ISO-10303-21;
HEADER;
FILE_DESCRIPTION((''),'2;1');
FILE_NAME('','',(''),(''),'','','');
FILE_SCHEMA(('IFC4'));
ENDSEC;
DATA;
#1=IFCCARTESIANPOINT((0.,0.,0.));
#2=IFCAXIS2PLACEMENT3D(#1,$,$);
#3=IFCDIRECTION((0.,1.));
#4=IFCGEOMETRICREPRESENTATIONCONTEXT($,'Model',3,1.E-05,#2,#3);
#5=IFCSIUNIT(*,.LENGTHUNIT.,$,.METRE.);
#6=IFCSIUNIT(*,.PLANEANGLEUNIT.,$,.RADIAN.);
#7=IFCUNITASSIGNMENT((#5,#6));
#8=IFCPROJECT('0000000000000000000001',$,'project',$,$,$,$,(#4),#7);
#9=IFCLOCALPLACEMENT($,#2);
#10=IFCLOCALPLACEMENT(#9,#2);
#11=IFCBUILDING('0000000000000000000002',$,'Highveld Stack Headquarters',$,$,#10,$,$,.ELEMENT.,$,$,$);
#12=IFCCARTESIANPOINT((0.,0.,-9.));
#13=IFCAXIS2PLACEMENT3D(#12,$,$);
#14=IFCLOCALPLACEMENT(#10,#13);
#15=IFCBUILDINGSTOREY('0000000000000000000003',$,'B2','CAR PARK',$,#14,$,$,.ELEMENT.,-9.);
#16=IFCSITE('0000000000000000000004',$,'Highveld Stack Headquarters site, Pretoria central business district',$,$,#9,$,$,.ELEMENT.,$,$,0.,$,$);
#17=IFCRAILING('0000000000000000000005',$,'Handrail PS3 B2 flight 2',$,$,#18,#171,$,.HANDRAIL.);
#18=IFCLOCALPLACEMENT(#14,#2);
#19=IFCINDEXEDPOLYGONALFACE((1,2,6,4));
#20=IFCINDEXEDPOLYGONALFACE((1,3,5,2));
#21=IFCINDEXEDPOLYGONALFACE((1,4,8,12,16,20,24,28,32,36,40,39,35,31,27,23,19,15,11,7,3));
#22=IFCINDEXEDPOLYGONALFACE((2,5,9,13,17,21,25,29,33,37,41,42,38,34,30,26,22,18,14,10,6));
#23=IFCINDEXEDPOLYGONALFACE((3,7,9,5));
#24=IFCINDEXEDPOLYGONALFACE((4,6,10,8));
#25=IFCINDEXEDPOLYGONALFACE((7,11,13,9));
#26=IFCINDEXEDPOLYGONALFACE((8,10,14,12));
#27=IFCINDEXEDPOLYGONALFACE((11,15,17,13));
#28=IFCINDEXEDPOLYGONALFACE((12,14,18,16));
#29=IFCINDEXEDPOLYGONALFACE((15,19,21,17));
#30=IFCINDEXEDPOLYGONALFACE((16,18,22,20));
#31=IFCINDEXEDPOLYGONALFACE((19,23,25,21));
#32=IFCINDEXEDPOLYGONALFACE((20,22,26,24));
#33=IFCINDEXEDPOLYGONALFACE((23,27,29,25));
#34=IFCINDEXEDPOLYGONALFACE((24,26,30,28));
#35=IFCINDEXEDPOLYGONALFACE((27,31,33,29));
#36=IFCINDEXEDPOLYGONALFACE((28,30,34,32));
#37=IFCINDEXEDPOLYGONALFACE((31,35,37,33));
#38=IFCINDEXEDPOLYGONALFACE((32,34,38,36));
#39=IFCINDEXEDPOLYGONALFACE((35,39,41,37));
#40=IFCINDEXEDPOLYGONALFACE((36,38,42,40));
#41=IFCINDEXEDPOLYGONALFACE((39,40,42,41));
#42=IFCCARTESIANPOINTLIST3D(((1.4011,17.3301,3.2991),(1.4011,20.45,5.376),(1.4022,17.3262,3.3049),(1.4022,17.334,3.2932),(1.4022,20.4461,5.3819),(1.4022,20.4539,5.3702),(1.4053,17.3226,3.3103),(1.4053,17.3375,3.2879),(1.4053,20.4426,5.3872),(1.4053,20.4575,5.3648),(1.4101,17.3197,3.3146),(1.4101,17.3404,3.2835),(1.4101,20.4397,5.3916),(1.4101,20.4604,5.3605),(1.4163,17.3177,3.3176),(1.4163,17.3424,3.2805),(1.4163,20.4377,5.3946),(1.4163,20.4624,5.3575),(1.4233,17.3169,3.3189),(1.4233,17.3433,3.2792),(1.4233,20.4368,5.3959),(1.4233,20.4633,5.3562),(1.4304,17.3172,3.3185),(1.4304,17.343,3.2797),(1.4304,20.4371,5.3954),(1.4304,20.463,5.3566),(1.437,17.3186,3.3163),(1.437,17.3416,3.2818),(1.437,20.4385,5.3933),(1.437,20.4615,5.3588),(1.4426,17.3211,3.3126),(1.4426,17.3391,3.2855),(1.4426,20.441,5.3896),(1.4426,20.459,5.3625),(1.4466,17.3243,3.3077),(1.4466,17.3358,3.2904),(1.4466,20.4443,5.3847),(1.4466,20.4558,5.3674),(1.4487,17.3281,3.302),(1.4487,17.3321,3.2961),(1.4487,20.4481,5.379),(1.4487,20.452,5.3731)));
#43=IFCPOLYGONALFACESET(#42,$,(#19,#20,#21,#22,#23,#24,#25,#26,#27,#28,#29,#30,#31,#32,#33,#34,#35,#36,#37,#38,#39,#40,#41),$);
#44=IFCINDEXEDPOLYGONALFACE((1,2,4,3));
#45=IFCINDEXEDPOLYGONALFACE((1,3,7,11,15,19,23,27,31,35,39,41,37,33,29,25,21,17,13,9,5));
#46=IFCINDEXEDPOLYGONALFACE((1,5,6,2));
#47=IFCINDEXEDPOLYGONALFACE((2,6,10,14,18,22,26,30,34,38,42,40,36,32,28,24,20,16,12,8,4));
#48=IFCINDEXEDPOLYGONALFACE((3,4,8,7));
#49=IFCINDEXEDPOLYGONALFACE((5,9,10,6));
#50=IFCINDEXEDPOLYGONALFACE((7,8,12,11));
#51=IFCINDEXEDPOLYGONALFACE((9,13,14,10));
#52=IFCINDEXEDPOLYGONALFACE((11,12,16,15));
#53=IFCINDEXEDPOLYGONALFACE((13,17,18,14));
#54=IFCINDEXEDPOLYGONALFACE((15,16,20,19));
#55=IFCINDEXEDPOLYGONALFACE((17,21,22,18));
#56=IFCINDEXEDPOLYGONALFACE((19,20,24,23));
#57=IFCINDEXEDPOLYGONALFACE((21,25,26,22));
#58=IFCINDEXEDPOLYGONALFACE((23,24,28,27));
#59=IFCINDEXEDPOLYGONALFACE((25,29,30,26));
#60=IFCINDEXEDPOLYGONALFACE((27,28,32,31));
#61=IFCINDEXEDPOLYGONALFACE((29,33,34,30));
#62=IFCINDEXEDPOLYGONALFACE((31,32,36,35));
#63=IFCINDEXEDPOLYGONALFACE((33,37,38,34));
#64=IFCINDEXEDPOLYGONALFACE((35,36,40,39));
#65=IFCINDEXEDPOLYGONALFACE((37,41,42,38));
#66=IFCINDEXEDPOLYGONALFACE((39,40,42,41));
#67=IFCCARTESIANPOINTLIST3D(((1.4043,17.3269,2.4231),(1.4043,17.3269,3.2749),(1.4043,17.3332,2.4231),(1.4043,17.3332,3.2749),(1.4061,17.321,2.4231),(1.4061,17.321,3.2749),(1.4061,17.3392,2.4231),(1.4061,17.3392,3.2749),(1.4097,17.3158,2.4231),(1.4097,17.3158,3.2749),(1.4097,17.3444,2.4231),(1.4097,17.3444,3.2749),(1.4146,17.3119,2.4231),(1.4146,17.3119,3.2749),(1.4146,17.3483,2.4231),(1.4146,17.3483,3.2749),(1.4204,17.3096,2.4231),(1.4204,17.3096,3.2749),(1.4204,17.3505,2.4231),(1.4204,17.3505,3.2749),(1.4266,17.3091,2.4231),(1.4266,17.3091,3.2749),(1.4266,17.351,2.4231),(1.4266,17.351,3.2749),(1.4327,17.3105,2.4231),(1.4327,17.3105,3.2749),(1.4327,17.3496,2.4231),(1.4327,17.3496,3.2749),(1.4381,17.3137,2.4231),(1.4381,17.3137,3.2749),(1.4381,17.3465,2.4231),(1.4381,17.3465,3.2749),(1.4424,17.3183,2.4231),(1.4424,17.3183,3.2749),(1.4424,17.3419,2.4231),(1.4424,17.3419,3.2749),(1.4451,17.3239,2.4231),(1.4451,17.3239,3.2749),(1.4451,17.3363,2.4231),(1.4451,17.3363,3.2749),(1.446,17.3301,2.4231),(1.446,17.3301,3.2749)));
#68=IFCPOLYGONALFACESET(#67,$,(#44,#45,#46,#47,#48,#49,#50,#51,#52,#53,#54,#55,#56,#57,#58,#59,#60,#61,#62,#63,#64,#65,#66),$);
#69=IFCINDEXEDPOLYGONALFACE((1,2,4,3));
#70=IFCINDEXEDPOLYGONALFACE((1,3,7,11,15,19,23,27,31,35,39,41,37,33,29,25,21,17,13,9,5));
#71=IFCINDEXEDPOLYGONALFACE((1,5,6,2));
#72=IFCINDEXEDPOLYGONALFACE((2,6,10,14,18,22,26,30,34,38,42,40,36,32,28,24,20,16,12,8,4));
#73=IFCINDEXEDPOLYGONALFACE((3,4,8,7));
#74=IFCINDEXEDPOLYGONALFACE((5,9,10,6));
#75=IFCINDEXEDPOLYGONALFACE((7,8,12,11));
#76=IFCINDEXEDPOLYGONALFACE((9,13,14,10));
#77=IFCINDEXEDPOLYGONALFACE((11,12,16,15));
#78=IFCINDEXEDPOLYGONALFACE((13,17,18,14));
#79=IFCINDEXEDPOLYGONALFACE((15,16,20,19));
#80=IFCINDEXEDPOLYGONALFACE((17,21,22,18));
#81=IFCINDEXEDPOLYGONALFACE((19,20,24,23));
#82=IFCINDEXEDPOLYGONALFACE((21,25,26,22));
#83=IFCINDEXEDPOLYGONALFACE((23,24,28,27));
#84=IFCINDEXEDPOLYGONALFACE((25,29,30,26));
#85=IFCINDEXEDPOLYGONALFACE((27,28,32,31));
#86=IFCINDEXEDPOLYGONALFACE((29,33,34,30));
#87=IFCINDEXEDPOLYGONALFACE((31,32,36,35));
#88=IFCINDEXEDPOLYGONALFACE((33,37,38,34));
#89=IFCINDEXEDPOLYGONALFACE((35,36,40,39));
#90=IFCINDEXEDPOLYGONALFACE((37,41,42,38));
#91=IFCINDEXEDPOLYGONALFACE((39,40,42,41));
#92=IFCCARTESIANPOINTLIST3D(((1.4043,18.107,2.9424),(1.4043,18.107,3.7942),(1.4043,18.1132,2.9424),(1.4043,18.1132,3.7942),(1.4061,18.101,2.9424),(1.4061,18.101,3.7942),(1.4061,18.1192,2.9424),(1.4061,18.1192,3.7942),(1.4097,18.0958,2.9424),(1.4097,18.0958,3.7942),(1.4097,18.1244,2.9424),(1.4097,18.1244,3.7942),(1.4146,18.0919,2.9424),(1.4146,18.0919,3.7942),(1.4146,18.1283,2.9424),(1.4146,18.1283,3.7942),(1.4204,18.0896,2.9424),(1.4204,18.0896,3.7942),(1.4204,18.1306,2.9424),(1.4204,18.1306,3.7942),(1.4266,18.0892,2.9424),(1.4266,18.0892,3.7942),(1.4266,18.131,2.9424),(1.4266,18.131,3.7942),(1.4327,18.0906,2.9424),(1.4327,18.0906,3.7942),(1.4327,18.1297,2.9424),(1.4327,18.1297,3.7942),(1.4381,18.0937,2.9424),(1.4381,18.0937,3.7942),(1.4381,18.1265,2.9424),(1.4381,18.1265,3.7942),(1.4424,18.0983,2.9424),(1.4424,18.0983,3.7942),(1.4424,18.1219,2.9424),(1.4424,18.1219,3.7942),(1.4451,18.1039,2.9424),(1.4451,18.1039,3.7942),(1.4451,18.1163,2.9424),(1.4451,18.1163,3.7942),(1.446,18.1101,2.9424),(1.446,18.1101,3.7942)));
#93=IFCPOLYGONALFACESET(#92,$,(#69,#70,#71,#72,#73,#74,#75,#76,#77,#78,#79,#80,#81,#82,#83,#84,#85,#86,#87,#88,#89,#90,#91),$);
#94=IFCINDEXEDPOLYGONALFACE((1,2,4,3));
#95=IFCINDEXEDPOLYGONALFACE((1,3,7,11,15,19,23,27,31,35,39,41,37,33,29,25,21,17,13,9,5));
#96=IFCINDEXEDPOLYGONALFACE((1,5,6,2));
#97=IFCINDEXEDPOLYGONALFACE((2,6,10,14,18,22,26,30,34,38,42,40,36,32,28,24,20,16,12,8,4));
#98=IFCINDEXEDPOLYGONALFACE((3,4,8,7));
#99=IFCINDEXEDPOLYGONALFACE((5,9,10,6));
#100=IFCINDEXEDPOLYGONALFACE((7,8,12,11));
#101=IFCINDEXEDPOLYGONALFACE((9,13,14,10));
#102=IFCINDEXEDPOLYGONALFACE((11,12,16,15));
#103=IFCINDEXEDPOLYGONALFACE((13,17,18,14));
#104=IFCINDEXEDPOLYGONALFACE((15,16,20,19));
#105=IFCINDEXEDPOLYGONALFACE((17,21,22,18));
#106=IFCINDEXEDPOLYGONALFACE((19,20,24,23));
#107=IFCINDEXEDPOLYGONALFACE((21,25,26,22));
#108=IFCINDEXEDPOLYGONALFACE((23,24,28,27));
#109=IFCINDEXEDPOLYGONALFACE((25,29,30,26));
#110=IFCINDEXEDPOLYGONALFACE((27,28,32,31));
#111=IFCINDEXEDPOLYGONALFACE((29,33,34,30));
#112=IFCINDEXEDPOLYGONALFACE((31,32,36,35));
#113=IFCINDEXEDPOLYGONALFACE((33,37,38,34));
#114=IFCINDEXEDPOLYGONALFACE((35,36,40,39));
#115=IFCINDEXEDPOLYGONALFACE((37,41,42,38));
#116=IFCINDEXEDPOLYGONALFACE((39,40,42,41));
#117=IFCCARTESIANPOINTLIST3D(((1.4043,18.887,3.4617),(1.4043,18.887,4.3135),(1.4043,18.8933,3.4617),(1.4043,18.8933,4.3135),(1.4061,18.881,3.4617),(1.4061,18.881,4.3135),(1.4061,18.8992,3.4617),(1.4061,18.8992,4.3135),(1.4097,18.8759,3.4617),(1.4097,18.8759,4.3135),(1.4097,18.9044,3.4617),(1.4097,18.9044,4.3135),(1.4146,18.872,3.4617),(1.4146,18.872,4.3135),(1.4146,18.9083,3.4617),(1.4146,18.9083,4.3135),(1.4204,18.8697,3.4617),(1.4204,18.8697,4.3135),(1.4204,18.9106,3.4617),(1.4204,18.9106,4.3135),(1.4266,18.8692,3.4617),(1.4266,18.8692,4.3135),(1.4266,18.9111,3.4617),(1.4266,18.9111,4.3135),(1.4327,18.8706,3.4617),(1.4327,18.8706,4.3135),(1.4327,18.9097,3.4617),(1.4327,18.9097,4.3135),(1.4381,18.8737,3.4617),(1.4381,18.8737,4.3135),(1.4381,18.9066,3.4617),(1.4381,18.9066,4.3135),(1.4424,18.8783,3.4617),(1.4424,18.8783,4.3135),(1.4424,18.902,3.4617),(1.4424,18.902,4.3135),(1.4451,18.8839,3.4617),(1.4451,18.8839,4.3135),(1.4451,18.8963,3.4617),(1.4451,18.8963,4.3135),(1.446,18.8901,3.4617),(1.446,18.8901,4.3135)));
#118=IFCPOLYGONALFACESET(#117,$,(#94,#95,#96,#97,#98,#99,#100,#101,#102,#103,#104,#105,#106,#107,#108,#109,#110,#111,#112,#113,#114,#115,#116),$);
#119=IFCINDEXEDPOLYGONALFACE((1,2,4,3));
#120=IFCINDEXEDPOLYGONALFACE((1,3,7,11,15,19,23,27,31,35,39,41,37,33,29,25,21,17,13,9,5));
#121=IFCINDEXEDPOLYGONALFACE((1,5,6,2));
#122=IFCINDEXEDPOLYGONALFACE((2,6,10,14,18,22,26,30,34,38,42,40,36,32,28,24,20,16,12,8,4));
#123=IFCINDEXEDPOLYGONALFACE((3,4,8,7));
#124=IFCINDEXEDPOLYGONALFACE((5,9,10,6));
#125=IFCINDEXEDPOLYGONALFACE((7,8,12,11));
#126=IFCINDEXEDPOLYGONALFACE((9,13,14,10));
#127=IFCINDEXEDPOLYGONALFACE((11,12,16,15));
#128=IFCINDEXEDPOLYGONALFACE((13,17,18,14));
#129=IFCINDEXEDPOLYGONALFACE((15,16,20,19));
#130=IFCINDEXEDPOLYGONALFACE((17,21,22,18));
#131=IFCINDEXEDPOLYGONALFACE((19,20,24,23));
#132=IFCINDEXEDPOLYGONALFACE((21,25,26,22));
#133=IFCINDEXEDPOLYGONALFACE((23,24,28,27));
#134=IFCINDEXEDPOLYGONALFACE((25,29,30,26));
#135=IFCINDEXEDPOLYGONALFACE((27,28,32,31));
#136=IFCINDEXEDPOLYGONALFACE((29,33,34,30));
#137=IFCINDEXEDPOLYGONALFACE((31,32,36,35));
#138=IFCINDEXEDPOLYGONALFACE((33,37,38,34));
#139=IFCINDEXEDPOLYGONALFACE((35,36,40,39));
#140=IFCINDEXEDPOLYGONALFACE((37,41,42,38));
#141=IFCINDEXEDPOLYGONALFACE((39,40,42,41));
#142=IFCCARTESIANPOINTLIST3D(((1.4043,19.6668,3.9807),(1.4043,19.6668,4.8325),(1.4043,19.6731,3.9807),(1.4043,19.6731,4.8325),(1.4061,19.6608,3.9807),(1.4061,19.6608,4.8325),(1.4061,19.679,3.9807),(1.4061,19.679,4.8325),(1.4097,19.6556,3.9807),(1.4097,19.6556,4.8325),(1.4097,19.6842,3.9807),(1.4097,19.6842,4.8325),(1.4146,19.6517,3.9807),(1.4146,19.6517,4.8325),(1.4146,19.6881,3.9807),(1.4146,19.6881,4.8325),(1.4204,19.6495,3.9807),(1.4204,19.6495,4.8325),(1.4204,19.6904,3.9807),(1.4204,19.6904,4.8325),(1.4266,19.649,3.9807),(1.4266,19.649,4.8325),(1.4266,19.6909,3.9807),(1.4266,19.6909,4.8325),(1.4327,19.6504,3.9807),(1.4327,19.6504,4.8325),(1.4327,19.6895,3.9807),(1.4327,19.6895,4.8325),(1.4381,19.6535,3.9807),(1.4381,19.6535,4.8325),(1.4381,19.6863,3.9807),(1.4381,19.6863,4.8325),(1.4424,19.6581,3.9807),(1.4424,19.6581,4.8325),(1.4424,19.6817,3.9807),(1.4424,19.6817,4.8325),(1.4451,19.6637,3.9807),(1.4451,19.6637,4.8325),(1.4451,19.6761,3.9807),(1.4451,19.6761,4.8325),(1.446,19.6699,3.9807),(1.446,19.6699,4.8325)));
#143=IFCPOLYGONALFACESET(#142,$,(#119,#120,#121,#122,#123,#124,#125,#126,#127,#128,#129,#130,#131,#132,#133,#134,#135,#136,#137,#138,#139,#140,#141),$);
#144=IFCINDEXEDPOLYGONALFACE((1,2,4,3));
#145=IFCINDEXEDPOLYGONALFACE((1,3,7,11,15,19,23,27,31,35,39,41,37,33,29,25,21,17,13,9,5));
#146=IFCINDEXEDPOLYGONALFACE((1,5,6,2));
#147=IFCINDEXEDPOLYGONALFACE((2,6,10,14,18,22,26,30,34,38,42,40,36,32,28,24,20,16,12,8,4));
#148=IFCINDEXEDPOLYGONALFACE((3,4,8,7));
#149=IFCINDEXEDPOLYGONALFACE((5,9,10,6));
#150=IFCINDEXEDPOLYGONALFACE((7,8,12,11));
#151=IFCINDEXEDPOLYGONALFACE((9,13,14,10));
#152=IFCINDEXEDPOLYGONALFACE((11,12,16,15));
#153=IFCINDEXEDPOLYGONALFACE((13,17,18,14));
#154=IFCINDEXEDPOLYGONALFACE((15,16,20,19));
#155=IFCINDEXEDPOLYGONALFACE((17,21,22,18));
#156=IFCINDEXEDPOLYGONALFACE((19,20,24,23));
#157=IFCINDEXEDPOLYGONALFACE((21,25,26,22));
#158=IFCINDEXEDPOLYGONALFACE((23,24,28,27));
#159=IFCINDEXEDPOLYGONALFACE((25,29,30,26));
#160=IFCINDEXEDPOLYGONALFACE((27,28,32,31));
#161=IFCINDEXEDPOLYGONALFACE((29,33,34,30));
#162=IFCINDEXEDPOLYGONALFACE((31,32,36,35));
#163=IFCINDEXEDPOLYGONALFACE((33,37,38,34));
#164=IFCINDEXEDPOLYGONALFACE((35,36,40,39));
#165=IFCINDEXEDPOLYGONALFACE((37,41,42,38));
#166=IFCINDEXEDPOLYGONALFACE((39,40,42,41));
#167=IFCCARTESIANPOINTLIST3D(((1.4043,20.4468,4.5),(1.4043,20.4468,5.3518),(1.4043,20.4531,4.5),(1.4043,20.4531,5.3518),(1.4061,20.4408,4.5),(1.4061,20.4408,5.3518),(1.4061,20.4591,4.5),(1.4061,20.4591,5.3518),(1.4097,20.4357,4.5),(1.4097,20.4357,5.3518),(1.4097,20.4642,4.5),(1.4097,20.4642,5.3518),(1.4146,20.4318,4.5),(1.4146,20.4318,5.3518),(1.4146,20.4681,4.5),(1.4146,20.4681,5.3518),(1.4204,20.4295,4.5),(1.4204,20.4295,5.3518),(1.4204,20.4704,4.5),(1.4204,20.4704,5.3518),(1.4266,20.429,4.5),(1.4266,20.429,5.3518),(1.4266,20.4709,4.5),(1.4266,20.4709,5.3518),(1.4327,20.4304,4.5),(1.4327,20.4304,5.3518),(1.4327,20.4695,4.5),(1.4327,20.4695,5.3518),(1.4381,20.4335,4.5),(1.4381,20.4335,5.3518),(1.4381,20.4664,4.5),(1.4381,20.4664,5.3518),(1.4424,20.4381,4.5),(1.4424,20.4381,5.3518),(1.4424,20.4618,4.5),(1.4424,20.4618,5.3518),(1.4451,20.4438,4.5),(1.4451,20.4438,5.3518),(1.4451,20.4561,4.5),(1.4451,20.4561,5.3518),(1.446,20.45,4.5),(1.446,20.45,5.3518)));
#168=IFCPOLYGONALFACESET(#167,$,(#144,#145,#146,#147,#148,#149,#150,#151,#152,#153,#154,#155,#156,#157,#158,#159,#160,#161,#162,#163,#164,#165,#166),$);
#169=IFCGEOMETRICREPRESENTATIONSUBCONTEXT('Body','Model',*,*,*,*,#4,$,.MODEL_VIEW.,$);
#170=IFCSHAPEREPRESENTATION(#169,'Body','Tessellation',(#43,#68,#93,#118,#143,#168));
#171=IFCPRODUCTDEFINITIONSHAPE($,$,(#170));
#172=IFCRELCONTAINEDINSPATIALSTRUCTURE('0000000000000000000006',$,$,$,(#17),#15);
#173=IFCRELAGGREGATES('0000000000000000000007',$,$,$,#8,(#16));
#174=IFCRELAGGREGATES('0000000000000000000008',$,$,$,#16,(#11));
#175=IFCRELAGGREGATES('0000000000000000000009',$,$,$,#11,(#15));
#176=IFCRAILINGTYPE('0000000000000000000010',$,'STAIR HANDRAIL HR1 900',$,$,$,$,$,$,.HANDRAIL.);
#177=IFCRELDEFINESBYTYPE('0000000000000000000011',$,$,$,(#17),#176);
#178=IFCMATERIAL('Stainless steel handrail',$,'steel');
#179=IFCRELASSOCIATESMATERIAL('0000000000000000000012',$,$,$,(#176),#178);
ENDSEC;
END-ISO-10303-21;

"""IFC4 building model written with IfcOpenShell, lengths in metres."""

from ifc_helpers import new_model, si_unit, direction, frame, origin, origin_2d, place, context, subcontext, project, spatial, circle, extrude, material, type_object, element, save


model = new_model("IFC4")

# Units and contexts
model_context = context("Model", 3, precision=1e-05, world=origin(), true_north=direction((0.0, 1.0)))
body_context = subcontext(model_context, "Body", "Model", "MODEL_VIEW")
ifc_project = project(units=[si_unit("LENGTHUNIT", "METRE"), si_unit("PLANEANGLEUNIT", "RADIAN")], contexts=[model_context])

# Site, building, storey
site_placement = place(None, origin())
site = spatial("IfcSite", under=ifc_project, at=site_placement, Name="Highveld Stack Headquarters site, Pretoria central business district", CompositionType="ELEMENT", RefElevation=0.0)
building_placement = place(site_placement, origin())
building = spatial("IfcBuilding", under=site, at=building_placement, Name="Highveld Stack Headquarters", CompositionType="ELEMENT")
storey_placement = place(building_placement, frame((0.0, 0.0, -9.0)))
storey = spatial("IfcBuildingStorey", under=building, at=storey_placement, Name="B2", Description="CAR PARK", CompositionType="ELEMENT", Elevation=-9.0)

# Railing
ifc_material_1 = material(Name="Stainless steel handrail", Category="steel")
railing_type = type_object("IfcRailingType", Name="STAIR HANDRAIL HR1 900", PredefinedType="HANDRAIL", material=ifc_material_1)
for number, where, name in (
    (1, (1.425, 17.3301, 2.4231), "Handrail PS3 B2 flight 2"),
):
    element("IfcRailing", number, at=place(storey_placement, frame(where)), inside=storey, type_object=railing_type, Name=name, PredefinedType="HANDRAIL", context=body_context, shape_type="SweptSolid", body=[
        extrude(circle(Radius=0.0239, at=origin_2d()), frame((0.0, 0.0, 0.876), z_axis=(0.0, 0.832421, 0.554144), x_axis=(-1.0, 0.0, 0.0)), (0.0, 0.0, 1.0), 3.748),
        extrude(circle(Radius=0.021, at=origin_2d()), origin(), (0.0, 0.0, 1.0), 0.8518),
        extrude(circle(Radius=0.021, at=origin_2d()), frame((0.0, 0.78, 0.5193)), (0.0, 0.0, 1.0), 0.8518),
        extrude(circle(Radius=0.021, at=origin_2d()), frame((0.0, 1.5601, 1.0386)), (0.0, 0.0, 1.0), 0.8518),
        extrude(circle(Radius=0.021, at=origin_2d()), frame((0.0, 2.3398, 1.5576)), (0.0, 0.0, 1.0), 0.8518),
        extrude(circle(Radius=0.021, at=origin_2d()), frame((0.0, 3.1199, 2.0769)), (0.0, 0.0, 1.0), 0.8518),
    ])

save(model, "model.ifc")
